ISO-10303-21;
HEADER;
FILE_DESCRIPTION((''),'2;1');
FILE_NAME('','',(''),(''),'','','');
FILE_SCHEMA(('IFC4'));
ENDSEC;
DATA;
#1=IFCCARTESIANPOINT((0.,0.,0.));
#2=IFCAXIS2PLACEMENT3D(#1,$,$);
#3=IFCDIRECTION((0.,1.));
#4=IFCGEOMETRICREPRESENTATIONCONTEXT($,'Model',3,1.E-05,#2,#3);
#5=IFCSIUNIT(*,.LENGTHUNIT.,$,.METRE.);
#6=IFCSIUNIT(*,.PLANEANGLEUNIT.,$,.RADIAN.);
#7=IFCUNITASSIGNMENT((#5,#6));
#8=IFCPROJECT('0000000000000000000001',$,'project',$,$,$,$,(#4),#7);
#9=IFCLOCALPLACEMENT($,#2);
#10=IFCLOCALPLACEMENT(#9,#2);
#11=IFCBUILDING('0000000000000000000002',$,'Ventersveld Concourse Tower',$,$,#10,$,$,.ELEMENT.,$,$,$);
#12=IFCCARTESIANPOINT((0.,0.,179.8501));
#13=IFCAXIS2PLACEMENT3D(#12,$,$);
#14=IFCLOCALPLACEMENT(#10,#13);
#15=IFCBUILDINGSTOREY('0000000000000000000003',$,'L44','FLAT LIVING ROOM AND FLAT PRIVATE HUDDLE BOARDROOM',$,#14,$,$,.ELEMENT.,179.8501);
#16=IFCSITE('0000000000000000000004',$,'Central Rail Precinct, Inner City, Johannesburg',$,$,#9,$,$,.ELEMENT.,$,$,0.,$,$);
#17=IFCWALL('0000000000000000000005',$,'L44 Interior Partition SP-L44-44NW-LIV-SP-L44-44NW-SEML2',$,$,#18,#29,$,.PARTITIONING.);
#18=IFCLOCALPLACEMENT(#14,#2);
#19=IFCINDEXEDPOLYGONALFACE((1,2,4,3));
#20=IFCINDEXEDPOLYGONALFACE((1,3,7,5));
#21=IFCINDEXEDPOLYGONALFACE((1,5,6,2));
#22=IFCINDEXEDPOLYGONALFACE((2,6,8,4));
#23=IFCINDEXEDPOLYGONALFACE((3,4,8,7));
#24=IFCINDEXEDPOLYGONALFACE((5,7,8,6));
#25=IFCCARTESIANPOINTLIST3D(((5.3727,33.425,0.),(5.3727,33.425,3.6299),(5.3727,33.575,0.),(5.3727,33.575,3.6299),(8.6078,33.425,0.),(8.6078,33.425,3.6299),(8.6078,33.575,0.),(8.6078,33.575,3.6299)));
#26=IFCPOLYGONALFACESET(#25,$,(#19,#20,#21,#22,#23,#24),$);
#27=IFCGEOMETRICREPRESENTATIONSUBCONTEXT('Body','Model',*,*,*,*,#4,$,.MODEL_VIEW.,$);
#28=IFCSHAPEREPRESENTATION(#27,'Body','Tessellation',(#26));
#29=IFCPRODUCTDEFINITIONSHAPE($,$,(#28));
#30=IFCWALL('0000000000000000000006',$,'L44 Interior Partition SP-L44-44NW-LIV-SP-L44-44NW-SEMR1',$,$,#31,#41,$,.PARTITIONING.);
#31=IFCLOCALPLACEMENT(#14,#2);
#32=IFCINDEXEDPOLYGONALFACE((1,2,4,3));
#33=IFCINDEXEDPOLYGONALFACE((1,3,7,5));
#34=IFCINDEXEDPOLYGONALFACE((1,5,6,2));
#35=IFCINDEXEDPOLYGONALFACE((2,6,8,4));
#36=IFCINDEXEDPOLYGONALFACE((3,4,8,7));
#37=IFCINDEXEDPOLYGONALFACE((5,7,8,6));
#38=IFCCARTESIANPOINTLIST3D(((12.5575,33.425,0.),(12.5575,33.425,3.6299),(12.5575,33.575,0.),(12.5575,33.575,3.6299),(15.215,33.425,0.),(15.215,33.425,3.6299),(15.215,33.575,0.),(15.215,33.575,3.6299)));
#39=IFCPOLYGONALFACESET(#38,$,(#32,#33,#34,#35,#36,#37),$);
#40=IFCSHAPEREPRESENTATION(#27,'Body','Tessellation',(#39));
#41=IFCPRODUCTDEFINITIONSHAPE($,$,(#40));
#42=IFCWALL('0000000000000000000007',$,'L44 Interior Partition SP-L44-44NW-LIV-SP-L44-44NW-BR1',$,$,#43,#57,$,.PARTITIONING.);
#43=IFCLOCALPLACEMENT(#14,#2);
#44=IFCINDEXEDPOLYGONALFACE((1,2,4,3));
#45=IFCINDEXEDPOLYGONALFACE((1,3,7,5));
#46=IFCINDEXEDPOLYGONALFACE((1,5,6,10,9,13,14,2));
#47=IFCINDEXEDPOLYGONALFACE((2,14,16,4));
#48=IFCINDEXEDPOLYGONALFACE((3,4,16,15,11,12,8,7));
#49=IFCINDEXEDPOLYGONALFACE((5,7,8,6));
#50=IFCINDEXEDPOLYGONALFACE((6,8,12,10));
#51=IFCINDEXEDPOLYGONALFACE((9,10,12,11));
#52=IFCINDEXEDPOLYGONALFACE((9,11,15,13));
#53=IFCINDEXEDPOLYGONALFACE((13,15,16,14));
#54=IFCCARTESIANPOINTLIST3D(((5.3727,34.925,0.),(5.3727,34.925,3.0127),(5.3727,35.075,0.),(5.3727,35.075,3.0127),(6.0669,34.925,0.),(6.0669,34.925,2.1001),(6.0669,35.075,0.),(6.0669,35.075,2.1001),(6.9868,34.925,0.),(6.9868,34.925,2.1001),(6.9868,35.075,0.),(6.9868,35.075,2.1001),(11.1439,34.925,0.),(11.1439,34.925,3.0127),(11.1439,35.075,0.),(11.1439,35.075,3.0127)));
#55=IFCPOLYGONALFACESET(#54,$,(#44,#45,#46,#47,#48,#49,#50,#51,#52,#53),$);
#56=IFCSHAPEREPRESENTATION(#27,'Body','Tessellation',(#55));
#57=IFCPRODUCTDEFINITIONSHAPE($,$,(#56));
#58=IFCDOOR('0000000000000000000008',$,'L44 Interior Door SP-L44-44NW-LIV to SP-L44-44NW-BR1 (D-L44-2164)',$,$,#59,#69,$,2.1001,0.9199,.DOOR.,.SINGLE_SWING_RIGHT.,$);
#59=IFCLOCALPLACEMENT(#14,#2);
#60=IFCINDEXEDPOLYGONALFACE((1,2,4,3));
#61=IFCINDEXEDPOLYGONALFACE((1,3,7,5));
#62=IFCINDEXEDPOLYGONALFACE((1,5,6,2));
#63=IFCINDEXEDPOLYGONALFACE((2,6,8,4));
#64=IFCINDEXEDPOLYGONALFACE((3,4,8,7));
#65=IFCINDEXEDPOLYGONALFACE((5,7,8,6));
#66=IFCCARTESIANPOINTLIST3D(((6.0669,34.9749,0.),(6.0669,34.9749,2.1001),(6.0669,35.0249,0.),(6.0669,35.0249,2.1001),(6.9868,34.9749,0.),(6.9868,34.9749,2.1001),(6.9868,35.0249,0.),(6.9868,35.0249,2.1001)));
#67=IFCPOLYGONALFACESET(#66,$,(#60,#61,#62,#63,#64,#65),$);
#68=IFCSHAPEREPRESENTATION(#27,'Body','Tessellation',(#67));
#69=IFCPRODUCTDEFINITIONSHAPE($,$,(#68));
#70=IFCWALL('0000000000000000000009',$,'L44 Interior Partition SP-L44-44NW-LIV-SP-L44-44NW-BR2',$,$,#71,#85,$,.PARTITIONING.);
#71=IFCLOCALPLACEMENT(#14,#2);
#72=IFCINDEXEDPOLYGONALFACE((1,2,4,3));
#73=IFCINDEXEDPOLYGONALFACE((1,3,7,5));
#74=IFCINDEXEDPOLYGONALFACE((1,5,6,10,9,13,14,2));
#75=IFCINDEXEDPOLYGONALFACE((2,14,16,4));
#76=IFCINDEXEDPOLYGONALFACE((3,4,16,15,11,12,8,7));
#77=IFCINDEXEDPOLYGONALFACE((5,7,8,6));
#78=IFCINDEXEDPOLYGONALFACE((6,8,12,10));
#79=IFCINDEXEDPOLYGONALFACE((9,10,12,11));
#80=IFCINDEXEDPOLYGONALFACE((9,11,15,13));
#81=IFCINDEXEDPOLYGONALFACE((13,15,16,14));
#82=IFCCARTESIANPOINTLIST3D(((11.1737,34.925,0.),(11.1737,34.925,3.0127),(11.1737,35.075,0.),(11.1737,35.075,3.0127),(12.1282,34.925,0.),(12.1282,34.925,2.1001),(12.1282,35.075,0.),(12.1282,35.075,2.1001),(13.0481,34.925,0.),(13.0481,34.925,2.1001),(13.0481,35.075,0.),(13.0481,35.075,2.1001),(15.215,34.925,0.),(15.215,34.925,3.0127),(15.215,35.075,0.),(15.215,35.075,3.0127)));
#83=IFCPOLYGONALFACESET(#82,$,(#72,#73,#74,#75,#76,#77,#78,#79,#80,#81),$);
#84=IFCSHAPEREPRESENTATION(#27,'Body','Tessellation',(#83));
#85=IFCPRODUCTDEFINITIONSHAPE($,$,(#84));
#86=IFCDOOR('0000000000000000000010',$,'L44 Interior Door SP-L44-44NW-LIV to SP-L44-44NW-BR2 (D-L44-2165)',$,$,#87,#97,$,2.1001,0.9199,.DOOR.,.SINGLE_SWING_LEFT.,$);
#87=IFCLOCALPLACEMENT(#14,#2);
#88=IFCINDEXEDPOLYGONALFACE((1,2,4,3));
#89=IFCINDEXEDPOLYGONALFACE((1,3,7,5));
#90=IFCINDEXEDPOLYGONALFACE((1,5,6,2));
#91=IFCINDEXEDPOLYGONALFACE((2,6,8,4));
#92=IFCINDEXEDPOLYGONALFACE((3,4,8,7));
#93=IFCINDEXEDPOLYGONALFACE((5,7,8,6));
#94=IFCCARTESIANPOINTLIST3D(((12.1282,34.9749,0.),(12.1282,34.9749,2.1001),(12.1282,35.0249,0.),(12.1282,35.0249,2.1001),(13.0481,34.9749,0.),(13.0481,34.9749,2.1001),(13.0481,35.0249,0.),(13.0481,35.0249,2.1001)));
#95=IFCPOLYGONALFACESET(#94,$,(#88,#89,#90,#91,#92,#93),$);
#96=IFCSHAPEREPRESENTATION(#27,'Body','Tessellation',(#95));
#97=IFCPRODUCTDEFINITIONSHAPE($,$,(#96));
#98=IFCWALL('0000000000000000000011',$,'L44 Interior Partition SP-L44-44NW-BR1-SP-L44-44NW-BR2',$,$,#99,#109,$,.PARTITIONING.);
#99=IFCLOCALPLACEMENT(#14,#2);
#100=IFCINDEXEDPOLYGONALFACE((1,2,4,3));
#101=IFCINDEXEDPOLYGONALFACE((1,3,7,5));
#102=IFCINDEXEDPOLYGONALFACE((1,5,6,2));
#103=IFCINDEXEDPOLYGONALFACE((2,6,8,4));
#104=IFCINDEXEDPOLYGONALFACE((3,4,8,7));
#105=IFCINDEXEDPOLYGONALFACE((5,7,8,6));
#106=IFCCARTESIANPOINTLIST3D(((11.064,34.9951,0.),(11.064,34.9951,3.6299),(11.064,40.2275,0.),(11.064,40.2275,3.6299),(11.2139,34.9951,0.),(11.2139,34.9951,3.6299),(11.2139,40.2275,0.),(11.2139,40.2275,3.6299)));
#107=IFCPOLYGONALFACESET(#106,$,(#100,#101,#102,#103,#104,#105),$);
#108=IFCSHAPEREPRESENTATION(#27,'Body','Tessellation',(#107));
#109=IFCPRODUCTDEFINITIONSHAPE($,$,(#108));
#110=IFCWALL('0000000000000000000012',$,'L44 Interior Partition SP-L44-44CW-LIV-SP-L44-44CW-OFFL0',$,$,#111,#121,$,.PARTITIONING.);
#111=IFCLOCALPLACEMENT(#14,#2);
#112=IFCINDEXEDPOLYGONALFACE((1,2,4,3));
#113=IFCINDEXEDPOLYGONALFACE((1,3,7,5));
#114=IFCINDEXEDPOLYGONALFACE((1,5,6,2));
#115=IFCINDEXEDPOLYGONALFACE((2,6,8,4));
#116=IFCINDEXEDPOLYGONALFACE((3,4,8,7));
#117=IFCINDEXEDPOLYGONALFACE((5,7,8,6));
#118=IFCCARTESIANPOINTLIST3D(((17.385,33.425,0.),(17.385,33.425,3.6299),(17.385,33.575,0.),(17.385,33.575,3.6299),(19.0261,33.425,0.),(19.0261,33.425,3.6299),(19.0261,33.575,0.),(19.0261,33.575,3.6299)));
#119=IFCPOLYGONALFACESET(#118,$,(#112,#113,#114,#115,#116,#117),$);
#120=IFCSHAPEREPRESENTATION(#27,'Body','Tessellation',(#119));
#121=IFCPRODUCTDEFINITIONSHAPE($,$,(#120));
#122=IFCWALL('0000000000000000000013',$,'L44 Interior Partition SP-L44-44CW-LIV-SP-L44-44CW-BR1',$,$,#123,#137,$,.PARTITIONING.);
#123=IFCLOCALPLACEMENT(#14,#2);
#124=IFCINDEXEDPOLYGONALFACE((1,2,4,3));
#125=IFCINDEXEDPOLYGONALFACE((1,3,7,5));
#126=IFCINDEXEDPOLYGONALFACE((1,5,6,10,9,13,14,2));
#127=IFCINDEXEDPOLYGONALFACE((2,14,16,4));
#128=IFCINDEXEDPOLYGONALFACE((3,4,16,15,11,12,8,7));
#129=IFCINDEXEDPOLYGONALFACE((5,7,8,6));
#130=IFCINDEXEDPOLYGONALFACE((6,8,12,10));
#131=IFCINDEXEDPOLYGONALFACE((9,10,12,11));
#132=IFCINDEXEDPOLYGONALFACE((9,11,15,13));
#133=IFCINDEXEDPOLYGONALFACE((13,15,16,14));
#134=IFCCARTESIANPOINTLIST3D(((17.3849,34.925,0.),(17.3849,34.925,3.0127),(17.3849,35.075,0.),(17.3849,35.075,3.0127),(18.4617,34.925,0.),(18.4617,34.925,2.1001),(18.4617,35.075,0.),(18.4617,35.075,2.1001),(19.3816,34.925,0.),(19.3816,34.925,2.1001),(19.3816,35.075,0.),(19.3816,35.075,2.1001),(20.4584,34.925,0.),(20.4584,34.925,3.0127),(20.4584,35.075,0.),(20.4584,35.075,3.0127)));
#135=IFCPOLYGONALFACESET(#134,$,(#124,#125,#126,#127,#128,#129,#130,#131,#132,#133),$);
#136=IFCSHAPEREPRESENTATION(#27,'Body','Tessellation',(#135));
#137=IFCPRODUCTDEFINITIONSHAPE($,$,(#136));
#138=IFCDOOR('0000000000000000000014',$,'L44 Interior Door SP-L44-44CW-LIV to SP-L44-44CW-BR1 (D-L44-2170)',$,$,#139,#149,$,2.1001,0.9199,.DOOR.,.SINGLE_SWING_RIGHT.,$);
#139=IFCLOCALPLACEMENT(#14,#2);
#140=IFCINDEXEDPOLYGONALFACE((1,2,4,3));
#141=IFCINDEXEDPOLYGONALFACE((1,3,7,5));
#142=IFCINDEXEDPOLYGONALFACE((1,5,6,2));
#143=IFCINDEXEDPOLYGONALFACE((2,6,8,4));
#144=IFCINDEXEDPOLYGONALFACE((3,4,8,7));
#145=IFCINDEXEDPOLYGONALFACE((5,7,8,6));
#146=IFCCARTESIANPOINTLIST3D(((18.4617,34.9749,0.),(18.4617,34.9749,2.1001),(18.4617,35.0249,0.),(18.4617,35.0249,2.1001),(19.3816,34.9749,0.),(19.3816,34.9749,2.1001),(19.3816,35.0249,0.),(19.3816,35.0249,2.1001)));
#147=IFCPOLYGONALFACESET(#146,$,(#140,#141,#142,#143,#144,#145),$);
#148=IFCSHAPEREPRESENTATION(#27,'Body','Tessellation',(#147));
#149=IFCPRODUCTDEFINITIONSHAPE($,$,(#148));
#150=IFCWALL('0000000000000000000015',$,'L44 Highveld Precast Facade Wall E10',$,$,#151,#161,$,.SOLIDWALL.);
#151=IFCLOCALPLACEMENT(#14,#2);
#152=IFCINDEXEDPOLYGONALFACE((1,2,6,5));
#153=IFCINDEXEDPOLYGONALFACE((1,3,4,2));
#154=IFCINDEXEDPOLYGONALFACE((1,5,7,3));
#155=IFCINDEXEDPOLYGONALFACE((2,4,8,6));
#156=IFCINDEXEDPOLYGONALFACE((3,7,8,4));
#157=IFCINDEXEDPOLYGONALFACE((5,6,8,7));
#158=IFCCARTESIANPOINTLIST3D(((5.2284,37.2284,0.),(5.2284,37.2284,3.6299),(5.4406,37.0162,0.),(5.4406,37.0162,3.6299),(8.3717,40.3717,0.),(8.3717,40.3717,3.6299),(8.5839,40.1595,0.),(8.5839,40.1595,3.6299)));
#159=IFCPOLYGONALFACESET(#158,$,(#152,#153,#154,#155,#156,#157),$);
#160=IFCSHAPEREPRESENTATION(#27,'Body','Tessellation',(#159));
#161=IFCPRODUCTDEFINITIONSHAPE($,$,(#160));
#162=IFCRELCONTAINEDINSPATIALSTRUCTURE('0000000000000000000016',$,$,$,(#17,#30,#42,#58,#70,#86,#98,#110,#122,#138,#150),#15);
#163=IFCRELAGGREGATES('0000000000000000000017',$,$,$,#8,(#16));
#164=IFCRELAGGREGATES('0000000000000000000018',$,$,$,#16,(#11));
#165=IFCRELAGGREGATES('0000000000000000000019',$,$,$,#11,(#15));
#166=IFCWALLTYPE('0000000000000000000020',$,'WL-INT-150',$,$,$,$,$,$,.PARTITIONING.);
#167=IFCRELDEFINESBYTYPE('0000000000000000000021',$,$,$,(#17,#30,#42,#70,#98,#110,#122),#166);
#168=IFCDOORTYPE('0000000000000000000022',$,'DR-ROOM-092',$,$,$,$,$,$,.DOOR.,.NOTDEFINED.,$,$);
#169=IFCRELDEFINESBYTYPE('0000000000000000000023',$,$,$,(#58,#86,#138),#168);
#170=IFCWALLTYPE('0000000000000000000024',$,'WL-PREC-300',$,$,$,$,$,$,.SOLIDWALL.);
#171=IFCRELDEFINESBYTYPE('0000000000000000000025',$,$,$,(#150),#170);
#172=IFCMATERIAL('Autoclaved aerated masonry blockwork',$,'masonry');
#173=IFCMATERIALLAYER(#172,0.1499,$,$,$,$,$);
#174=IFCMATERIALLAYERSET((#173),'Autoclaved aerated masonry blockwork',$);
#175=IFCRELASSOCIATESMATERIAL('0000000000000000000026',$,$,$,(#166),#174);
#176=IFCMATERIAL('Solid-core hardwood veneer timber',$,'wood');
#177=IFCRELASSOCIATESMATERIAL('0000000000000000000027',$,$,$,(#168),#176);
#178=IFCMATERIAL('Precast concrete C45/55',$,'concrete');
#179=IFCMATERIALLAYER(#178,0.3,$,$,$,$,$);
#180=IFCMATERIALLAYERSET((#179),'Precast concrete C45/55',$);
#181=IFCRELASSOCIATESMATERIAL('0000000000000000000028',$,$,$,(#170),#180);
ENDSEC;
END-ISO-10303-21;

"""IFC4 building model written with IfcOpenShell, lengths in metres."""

from ifc_helpers import new_model, si_unit, direction, frame, frame_2d, origin, place, context, subcontext, project, spatial, rectangle, extrude, material, layer, layer_set, type_object, element, fill, save


model = new_model("IFC4")

# Units and contexts
model_context = context("Model", 3, precision=1e-05, world=origin(), true_north=direction((0.0, 1.0)))
body_context = subcontext(model_context, "Body", "Model", "MODEL_VIEW")
ifc_project = project(units=[si_unit("LENGTHUNIT", "METRE"), si_unit("PLANEANGLEUNIT", "RADIAN")], contexts=[model_context])

# Site, building, storey
site_placement = place(None, origin())
site = spatial("IfcSite", under=ifc_project, at=site_placement, Name="Central Rail Precinct, Inner City, Johannesburg", CompositionType="ELEMENT", RefElevation=0.0)
building_placement = place(site_placement, origin())
building = spatial("IfcBuilding", under=site, at=building_placement, Name="Ventersveld Concourse Tower", CompositionType="ELEMENT")
storey_placement = place(building_placement, frame((0.0, 0.0, 179.8501)))
storey = spatial("IfcBuildingStorey", under=building, at=storey_placement, Name="L44", Description="FLAT LIVING ROOM AND FLAT PRIVATE HUDDLE BOARDROOM", CompositionType="ELEMENT", Elevation=179.8501)

# Walls
ifc_material_1 = material(Name="Autoclaved aerated masonry blockwork", Category="masonry")
ifc_layer_1 = layer(ifc_material_1, 0.1499)
ifc_layer_set_1 = layer_set([ifc_layer_1], Name="Autoclaved aerated masonry blockwork")
wall_type_1 = type_object("IfcWallType", Name="WL-INT-150", PredefinedType="PARTITIONING", material=ifc_layer_set_1)
wall_1_placement = place(storey_placement, frame((5.3726, 33.5, 0.0), z_axis=(0.0, 0.0, 1.0), x_axis=(1.0, 0.0, 0.0)))
element("IfcWall", 1, at=wall_1_placement, inside=storey, type_object=wall_type_1, Name="L44 Interior Partition SP-L44-44NW-LIV-SP-L44-44NW-SEML2", PredefinedType="PARTITIONING", context=body_context, shape_type="SweptSolid", body=[
    extrude(rectangle(XDim=3.2351, YDim=0.1499, at=frame_2d((1.6177, 0.0))), origin(), (0.0, 0.0, 1.0), 3.6299),
])
wall_2_placement = place(storey_placement, frame((12.5576, 33.5, 0.0), z_axis=(0.0, 0.0, 1.0), x_axis=(1.0, 0.0, 0.0)))
element("IfcWall", 2, at=wall_2_placement, inside=storey, type_object=wall_type_1, Name="L44 Interior Partition SP-L44-44NW-LIV-SP-L44-44NW-SEMR1", PredefinedType="PARTITIONING", context=body_context, shape_type="SweptSolid", body=[
    extrude(rectangle(XDim=2.6575, YDim=0.1499, at=frame_2d((1.3286, 0.0))), origin(), (0.0, 0.0, 1.0), 3.6299),
])

# Walls, openings, doors
wall_3_placement = place(storey_placement, frame((5.3726, 35.0, 0.0), z_axis=(0.0, 0.0, 1.0), x_axis=(1.0, 0.0, 0.0)))
wall_3 = element("IfcWall", 3, at=wall_3_placement, inside=storey, type_object=wall_type_1, Name="L44 Interior Partition SP-L44-44NW-LIV-SP-L44-44NW-BR1", PredefinedType="PARTITIONING", context=body_context, shape_type="SweptSolid", body=[
    extrude(rectangle(XDim=5.7712, YDim=0.1499, at=frame_2d((2.8857, 0.0))), origin(), (0.0, 0.0, 1.0), 3.0127),
])
opening_1_placement = place(wall_3_placement, frame((0.6943, 0.0, 0.0)))
opening_1 = element("IfcOpeningElement", 4, at=opening_1_placement, cuts=wall_3, PredefinedType="OPENING", context=body_context, shape_type="SweptSolid", body=[
    extrude(rectangle(XDim=0.9199, YDim=2.1001, at=frame_2d((0.46, 1.05))), frame((0.0, 0.085, 0.0), z_axis=(0.0, -1.0, 0.0), x_axis=(1.0, 0.0, 0.0)), (0.0, 0.0, 1.0), 0.1699),
])
ifc_material_2 = material(Name="Solid-core hardwood veneer timber", Category="wood")
door_type = type_object("IfcDoorType", Name="DR-ROOM-092", OperationType="NOTDEFINED", PredefinedType="DOOR", material=ifc_material_2)
door_1_placement = place(opening_1_placement, origin())
door_1 = element("IfcDoor", 5, at=door_1_placement, inside=storey, type_object=door_type, Name="L44 Interior Door SP-L44-44NW-LIV to SP-L44-44NW-BR1 (D-L44-2164)", OperationType="SINGLE_SWING_RIGHT", OverallHeight=2.1001, OverallWidth=0.9199, PredefinedType="DOOR", context=body_context, shape_type="SweptSolid", body=[
    extrude(rectangle(XDim=0.9199, YDim=2.1001, at=frame_2d((0.46, 1.05))), frame((0.0, 0.0249, 0.0), z_axis=(0.0, -1.0, 0.0), x_axis=(1.0, 0.0, 0.0)), (0.0, 0.0, 1.0), 0.05),
])
fill(opening_1, door_1)
wall_4_placement = place(storey_placement, frame((11.1738, 35.0, 0.0), z_axis=(0.0, 0.0, 1.0), x_axis=(1.0, 0.0, 0.0)))
wall_4 = element("IfcWall", 6, at=wall_4_placement, inside=storey, type_object=wall_type_1, Name="L44 Interior Partition SP-L44-44NW-LIV-SP-L44-44NW-BR2", PredefinedType="PARTITIONING", context=body_context, shape_type="SweptSolid", body=[
    extrude(rectangle(XDim=4.0413, YDim=0.1499, at=frame_2d((2.0205, 0.0))), origin(), (0.0, 0.0, 1.0), 3.0127),
])
opening_2_placement = place(wall_4_placement, frame((0.9543, 0.0, 0.0)))
opening_2 = element("IfcOpeningElement", 7, at=opening_2_placement, cuts=wall_4, PredefinedType="OPENING", context=body_context, shape_type="SweptSolid", body=[
    extrude(rectangle(XDim=0.9199, YDim=2.1001, at=frame_2d((0.46, 1.05))), frame((0.0, 0.085, 0.0), z_axis=(0.0, -1.0, 0.0), x_axis=(1.0, 0.0, 0.0)), (0.0, 0.0, 1.0), 0.1699),
])
door_2_placement = place(opening_2_placement, origin())
door_2 = element("IfcDoor", 8, at=door_2_placement, inside=storey, type_object=door_type, Name="L44 Interior Door SP-L44-44NW-LIV to SP-L44-44NW-BR2 (D-L44-2165)", OperationType="SINGLE_SWING_LEFT", OverallHeight=2.1001, OverallWidth=0.9199, PredefinedType="DOOR", context=body_context, shape_type="SweptSolid", body=[
    extrude(rectangle(XDim=0.9199, YDim=2.1001, at=frame_2d((0.46, 1.05))), frame((0.0, 0.0249, 0.0), z_axis=(0.0, -1.0, 0.0), x_axis=(1.0, 0.0, 0.0)), (0.0, 0.0, 1.0), 0.05),
])
fill(opening_2, door_2)

# Walls
wall_5_placement = place(storey_placement, frame((11.1389, 34.9951, 0.0), z_axis=(0.0, 0.0, 1.0), x_axis=(0.0, 1.0, 0.0)))
element("IfcWall", 9, at=wall_5_placement, inside=storey, type_object=wall_type_1, Name="L44 Interior Partition SP-L44-44NW-BR1-SP-L44-44NW-BR2", PredefinedType="PARTITIONING", context=body_context, shape_type="SweptSolid", body=[
    extrude(rectangle(XDim=5.2324, YDim=0.1499, at=frame_2d((2.6162, 0.0))), origin(), (0.0, 0.0, 1.0), 3.6299),
])
wall_6_placement = place(storey_placement, frame((17.385, 33.5, 0.0), z_axis=(0.0, 0.0, 1.0), x_axis=(1.0, 0.0, 0.0)))
element("IfcWall", 10, at=wall_6_placement, inside=storey, type_object=wall_type_1, Name="L44 Interior Partition SP-L44-44CW-LIV-SP-L44-44CW-OFFL0", PredefinedType="PARTITIONING", context=body_context, shape_type="SweptSolid", body=[
    extrude(rectangle(XDim=1.6411, YDim=0.1499, at=frame_2d((0.8206, 0.0))), origin(), (0.0, 0.0, 1.0), 3.6299),
])

# Wall, opening, door
wall_7_placement = place(storey_placement, frame((17.385, 35.0, 0.0), z_axis=(0.0, 0.0, 1.0), x_axis=(1.0, 0.0, 0.0)))
wall_7 = element("IfcWall", 11, at=wall_7_placement, inside=storey, type_object=wall_type_1, Name="L44 Interior Partition SP-L44-44CW-LIV-SP-L44-44CW-BR1", PredefinedType="PARTITIONING", context=body_context, shape_type="SweptSolid", body=[
    extrude(rectangle(XDim=3.0735, YDim=0.1499, at=frame_2d((1.5366, 0.0))), origin(), (0.0, 0.0, 1.0), 3.0127),
])
opening_3_placement = place(wall_7_placement, frame((1.0767, 0.0, 0.0)))
opening_3 = element("IfcOpeningElement", 12, at=opening_3_placement, cuts=wall_7, PredefinedType="OPENING", context=body_context, shape_type="SweptSolid", body=[
    extrude(rectangle(XDim=0.9199, YDim=2.1001, at=frame_2d((0.46, 1.05))), frame((0.0, 0.085, 0.0), z_axis=(0.0, -1.0, 0.0), x_axis=(1.0, 0.0, 0.0)), (0.0, 0.0, 1.0), 0.1699),
])
door_3_placement = place(opening_3_placement, origin())
door_3 = element("IfcDoor", 13, at=door_3_placement, inside=storey, type_object=door_type, Name="L44 Interior Door SP-L44-44CW-LIV to SP-L44-44CW-BR1 (D-L44-2170)", OperationType="SINGLE_SWING_RIGHT", OverallHeight=2.1001, OverallWidth=0.9199, PredefinedType="DOOR", context=body_context, shape_type="SweptSolid", body=[
    extrude(rectangle(XDim=0.9199, YDim=2.1001, at=frame_2d((0.46, 1.05))), frame((0.0, 0.0249, 0.0), z_axis=(0.0, -1.0, 0.0), x_axis=(1.0, 0.0, 0.0)), (0.0, 0.0, 1.0), 0.05),
])
fill(opening_3, door_3)

# Wall
ifc_material_3 = material(Name="Precast concrete C45/55", Category="concrete")
ifc_layer_2 = layer(ifc_material_3, 0.3)
ifc_layer_set_2 = layer_set([ifc_layer_2], Name="Precast concrete C45/55")
wall_type_2 = type_object("IfcWallType", Name="WL-PREC-300", PredefinedType="SOLIDWALL", material=ifc_layer_set_2)
wall_8_placement = place(storey_placement, frame((8.4778, 40.2656, 0.0), z_axis=(0.0, 0.0, 1.0), x_axis=(-0.707107, -0.707107, 0.0)))
element("IfcWall", 14, at=wall_8_placement, inside=storey, type_object=wall_type_2, Name="L44 Highveld Precast Facade Wall E10", PredefinedType="SOLIDWALL", context=body_context, shape_type="SweptSolid", body=[
    extrude(rectangle(XDim=4.4453, YDim=0.3, at=frame_2d((2.2227, 0.0))), origin(), (0.0, 0.0, 1.0), 3.6299),
])

save(model, "model.ifc")
